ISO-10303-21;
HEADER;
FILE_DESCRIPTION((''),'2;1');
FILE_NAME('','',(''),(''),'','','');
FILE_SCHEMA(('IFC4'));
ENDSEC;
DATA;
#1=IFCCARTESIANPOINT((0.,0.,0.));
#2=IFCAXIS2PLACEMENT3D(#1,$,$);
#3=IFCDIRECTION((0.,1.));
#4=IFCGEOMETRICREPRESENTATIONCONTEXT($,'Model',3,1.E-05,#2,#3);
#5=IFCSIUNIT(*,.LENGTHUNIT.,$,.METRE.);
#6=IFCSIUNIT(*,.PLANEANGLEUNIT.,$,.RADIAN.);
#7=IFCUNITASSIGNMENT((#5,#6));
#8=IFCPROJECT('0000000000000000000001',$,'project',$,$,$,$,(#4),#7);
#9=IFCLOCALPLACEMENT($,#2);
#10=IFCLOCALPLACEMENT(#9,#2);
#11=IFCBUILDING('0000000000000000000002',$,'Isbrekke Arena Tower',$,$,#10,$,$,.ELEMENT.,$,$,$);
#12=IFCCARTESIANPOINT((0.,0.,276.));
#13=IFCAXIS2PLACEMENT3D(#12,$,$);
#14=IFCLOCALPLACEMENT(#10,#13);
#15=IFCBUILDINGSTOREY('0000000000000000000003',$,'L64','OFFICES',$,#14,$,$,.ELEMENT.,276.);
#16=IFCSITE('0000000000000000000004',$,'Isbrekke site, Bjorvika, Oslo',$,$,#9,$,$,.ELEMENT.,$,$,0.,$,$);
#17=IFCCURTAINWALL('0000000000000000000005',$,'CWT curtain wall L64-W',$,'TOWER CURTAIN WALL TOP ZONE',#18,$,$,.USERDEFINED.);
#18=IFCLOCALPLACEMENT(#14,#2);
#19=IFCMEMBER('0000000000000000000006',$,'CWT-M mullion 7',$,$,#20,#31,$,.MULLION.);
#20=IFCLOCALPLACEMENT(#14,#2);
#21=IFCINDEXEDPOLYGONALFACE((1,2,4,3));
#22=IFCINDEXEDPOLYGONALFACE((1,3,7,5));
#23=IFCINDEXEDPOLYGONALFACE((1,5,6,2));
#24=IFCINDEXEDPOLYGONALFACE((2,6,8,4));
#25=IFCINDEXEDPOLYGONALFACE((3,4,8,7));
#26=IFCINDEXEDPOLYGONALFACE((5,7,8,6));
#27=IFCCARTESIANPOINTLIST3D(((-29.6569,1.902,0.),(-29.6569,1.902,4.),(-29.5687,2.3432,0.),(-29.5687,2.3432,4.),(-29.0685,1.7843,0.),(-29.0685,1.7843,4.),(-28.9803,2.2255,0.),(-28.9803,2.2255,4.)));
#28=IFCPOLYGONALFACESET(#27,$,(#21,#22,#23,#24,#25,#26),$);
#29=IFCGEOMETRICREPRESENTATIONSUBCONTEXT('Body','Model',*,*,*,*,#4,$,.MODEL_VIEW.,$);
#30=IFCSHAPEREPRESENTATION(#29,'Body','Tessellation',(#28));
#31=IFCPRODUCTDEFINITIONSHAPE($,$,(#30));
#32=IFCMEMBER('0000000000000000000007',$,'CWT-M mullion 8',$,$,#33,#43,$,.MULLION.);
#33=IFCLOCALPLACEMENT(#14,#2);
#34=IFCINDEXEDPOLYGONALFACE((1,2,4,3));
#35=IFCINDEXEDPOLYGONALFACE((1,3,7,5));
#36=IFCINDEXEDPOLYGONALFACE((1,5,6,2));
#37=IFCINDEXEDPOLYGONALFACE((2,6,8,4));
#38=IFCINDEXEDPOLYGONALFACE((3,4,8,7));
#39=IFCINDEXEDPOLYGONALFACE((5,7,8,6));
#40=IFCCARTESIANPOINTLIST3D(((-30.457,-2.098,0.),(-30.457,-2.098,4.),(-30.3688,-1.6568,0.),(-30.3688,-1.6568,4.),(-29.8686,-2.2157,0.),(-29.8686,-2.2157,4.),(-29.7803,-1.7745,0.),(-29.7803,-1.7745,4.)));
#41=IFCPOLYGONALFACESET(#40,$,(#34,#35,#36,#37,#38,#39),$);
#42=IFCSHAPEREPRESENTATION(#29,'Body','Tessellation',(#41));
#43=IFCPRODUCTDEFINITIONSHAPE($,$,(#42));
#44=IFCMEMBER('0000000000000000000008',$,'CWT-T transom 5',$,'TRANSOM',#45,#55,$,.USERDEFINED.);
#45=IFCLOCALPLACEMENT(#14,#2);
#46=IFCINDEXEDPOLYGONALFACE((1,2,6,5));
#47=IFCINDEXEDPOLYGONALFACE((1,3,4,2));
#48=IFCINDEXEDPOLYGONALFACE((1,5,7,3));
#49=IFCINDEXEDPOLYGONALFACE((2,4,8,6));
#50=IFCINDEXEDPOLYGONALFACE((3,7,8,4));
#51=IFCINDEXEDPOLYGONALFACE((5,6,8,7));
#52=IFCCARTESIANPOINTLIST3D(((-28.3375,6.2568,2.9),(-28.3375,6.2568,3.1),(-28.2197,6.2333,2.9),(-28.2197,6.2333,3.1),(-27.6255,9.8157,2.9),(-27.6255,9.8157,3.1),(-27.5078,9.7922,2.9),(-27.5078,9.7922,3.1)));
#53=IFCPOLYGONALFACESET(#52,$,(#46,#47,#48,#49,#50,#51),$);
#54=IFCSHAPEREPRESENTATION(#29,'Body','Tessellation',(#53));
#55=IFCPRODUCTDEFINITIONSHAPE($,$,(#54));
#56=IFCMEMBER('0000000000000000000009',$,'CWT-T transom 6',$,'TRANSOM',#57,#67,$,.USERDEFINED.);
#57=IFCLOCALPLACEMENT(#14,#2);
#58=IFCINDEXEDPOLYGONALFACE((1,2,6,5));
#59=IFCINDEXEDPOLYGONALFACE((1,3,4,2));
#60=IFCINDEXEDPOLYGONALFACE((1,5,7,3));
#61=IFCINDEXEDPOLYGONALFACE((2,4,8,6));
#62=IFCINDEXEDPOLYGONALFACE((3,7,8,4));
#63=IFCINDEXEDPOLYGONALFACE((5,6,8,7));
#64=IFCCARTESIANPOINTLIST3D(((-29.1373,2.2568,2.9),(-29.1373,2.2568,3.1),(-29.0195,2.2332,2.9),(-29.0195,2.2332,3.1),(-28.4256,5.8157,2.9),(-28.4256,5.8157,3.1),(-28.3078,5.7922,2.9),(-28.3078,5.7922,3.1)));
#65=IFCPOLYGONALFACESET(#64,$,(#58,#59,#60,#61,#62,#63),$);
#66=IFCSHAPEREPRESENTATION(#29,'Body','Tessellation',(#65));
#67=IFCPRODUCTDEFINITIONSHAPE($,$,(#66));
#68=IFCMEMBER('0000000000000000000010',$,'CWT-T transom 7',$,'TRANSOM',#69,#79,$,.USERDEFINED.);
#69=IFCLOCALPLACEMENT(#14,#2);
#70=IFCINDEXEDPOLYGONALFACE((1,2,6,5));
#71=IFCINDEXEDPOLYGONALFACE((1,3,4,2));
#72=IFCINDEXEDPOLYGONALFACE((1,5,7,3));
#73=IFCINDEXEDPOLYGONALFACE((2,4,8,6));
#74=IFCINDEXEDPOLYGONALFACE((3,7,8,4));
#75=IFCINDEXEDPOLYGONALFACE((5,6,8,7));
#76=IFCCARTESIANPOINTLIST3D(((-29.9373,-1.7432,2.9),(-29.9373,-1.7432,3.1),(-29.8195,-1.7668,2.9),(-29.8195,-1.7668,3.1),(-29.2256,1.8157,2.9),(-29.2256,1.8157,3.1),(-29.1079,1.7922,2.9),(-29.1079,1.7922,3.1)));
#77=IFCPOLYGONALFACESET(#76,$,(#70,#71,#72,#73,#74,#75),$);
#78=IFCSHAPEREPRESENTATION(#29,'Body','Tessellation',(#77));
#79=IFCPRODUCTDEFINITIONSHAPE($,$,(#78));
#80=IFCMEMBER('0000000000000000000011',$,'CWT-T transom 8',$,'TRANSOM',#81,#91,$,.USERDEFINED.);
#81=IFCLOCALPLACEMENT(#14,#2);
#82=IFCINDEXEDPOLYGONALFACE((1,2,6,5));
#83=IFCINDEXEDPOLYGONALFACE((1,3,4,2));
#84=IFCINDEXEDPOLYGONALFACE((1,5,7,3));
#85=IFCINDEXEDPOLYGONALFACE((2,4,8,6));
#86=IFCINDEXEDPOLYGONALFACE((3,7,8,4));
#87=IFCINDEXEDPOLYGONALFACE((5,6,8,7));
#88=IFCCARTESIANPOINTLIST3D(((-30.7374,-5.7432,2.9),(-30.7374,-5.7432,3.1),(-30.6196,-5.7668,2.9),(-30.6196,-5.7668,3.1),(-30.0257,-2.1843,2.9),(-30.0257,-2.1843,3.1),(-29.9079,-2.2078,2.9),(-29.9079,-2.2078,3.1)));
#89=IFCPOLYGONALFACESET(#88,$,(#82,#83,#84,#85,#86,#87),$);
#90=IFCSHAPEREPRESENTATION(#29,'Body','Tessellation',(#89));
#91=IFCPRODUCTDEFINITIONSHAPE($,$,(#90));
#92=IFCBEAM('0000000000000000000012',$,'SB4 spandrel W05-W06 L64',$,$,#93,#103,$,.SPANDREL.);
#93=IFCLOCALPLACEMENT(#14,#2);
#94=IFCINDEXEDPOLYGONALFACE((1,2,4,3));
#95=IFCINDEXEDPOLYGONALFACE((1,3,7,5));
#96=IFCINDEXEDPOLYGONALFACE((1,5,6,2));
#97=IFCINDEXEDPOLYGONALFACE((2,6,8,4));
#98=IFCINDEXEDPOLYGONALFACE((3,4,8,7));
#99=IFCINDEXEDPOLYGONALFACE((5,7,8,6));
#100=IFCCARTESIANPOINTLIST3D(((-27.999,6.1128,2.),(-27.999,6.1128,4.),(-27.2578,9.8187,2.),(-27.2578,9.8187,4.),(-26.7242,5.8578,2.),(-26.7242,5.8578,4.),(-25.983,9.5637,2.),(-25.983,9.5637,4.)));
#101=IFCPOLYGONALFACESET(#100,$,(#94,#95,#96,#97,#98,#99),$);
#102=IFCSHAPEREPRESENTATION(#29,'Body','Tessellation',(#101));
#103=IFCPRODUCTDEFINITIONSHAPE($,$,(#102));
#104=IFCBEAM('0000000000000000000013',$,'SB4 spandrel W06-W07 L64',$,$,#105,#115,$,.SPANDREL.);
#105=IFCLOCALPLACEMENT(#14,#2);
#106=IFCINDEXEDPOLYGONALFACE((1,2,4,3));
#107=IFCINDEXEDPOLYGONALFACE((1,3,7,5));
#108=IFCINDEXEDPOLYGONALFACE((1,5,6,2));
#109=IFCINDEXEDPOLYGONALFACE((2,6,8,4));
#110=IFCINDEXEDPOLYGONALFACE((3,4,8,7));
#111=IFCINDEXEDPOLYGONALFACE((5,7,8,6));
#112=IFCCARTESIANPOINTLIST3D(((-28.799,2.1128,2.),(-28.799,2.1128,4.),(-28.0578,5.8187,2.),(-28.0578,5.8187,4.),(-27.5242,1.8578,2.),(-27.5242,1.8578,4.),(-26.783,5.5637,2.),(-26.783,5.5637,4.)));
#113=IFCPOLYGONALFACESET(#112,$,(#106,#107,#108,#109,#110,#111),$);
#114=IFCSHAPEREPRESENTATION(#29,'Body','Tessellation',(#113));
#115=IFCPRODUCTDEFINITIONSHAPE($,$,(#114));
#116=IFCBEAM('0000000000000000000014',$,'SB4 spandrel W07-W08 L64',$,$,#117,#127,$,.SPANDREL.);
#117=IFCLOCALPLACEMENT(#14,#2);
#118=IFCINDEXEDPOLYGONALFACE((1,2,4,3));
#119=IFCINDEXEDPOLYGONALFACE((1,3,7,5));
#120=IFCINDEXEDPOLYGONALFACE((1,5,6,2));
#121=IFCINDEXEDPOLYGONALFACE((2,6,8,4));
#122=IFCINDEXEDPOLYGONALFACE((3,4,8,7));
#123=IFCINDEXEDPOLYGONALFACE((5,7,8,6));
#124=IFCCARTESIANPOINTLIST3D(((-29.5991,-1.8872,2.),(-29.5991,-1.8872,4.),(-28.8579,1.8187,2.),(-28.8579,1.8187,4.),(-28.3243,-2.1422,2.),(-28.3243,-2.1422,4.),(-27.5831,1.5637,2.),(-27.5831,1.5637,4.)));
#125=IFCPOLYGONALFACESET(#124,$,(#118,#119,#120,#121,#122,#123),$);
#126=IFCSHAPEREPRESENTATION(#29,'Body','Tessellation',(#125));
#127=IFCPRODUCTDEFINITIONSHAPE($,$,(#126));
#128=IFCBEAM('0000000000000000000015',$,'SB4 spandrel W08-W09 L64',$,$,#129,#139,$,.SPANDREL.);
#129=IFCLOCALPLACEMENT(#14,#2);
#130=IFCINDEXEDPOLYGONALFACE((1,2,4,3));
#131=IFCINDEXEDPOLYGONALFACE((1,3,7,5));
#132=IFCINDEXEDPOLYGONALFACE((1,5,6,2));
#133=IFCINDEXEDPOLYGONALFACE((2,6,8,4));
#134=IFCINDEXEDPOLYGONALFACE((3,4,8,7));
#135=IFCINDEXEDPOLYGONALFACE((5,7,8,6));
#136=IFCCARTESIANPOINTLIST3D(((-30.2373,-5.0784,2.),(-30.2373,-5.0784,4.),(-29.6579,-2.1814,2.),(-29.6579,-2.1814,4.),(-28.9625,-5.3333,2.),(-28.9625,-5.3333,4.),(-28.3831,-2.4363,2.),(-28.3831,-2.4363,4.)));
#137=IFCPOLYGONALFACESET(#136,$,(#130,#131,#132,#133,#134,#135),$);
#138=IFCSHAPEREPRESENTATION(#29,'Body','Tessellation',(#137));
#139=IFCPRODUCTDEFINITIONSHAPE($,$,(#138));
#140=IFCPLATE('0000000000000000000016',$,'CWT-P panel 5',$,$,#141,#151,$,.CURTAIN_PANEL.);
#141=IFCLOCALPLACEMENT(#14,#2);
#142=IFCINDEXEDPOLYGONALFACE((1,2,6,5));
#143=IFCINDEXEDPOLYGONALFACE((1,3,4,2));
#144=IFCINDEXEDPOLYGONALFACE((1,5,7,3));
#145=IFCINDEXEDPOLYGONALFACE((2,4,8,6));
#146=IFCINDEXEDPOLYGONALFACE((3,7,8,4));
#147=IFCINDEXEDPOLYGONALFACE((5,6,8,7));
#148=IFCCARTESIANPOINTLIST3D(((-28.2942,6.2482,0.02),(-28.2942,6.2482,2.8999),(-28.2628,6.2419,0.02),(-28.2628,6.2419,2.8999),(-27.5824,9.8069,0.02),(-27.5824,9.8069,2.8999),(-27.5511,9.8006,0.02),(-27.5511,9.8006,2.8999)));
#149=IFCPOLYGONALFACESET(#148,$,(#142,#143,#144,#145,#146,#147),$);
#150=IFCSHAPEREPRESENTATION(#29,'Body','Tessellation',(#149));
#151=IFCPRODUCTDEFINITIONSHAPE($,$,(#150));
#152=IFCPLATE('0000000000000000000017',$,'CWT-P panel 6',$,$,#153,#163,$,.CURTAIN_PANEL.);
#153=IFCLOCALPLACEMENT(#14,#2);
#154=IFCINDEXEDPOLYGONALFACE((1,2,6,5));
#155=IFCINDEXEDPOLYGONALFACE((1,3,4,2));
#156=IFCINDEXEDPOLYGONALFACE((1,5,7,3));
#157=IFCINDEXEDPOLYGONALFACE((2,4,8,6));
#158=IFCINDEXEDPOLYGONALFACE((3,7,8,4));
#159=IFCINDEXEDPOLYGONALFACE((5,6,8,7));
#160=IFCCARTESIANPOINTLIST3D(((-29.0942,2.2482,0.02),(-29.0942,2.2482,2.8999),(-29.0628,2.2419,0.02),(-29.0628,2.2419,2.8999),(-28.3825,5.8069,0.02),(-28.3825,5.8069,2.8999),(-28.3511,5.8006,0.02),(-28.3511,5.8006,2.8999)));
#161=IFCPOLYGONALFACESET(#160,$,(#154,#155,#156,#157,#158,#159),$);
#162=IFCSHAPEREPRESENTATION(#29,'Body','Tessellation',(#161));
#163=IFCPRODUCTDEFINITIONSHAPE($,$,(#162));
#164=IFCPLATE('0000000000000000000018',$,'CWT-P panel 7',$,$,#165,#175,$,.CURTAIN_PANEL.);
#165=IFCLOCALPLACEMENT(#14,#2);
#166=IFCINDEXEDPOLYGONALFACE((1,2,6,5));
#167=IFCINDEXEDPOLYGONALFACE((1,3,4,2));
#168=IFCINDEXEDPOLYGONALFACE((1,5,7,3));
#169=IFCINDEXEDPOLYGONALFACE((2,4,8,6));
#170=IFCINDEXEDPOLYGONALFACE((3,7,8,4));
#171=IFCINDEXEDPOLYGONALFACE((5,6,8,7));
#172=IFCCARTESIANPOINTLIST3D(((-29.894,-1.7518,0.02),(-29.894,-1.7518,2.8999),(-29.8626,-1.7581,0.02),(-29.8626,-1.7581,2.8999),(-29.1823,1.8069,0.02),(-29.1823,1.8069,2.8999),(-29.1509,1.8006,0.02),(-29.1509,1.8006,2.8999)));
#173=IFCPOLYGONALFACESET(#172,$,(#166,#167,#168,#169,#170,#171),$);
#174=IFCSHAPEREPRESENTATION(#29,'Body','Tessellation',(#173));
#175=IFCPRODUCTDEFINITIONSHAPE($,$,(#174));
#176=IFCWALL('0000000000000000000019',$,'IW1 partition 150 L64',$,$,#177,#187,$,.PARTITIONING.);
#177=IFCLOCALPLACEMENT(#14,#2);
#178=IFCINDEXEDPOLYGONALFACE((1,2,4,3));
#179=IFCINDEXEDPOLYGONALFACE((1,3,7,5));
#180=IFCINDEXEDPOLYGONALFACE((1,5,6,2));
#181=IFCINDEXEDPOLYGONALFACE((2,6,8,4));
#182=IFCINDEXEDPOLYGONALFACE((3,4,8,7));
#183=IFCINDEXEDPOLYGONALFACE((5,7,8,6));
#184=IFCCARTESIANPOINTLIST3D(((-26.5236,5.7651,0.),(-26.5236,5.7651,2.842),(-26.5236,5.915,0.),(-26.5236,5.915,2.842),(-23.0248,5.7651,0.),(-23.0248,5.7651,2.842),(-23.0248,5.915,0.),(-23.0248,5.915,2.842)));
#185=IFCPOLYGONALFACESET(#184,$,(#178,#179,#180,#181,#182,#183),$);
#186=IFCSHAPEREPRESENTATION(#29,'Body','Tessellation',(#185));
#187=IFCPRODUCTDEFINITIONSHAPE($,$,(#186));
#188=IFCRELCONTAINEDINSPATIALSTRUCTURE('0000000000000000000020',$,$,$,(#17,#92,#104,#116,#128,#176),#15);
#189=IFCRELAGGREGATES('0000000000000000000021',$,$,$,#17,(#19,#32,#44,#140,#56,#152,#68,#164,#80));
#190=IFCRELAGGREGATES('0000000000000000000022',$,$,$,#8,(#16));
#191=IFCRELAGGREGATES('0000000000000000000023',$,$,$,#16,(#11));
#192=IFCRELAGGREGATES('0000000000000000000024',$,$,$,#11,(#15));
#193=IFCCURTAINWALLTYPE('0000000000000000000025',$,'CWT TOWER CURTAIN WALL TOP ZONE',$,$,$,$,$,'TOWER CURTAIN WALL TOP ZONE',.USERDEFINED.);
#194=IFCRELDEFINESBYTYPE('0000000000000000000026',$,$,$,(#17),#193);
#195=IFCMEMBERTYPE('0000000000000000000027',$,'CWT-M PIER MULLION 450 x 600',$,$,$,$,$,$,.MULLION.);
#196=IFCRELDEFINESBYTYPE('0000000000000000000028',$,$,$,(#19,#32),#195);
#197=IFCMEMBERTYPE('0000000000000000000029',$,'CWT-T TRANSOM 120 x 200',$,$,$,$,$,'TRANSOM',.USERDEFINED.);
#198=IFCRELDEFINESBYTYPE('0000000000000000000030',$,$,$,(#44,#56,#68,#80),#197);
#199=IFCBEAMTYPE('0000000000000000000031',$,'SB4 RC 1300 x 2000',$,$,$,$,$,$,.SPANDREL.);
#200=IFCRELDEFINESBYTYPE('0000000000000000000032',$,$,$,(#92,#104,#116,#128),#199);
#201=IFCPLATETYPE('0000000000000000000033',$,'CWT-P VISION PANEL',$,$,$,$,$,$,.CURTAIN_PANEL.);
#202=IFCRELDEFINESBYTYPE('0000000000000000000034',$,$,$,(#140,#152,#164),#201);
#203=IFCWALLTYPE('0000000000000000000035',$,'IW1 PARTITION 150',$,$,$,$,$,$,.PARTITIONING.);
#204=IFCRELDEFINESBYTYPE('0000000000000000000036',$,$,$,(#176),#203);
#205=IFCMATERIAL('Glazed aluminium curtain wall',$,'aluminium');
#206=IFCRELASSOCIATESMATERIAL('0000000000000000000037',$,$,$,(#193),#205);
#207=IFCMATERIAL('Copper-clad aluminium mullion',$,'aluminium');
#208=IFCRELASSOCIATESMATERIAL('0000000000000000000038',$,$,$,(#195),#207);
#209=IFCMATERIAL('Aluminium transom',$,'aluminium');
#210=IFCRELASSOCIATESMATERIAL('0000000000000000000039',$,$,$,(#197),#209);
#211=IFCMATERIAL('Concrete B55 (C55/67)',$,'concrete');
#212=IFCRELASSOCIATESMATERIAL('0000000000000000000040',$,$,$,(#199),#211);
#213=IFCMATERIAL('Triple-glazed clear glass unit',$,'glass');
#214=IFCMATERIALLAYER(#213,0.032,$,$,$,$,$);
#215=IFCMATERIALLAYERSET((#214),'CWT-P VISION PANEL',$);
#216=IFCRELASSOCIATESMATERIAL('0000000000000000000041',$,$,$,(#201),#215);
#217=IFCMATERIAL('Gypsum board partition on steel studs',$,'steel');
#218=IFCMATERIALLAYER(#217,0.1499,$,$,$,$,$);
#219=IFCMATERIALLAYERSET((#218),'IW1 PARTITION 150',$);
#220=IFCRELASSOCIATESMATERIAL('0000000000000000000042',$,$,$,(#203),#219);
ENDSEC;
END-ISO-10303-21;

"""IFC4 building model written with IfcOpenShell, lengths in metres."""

from ifc_helpers import new_model, si_unit, direction, frame, frame_2d, origin, origin_2d, place, context, subcontext, project, spatial, rectangle, extrude, material, layer, layer_set, material_profile, profile_set, type_object, element, aggregate, save


model = new_model("IFC4")

# Units and contexts
model_context = context("Model", 3, precision=1e-05, world=origin(), true_north=direction((0.0, 1.0)))
body_context = subcontext(model_context, "Body", "Model", "MODEL_VIEW")
ifc_project = project(units=[si_unit("LENGTHUNIT", "METRE"), si_unit("PLANEANGLEUNIT", "RADIAN")], contexts=[model_context])

# Site, building, storey
site_placement = place(None, origin())
site = spatial("IfcSite", under=ifc_project, at=site_placement, Name="Isbrekke site, Bjorvika, Oslo", CompositionType="ELEMENT", RefElevation=0.0)
building_placement = place(site_placement, origin())
building = spatial("IfcBuilding", under=site, at=building_placement, Name="Isbrekke Arena Tower", CompositionType="ELEMENT")
storey_placement = place(building_placement, frame((0.0, 0.0, 276.0)))
storey = spatial("IfcBuildingStorey", under=building, at=storey_placement, Name="L64", Description="OFFICES", CompositionType="ELEMENT", Elevation=276.0)

# Curtain wall, members
ifc_material_1 = material(Name="Glazed aluminium curtain wall", Category="aluminium")
curtain_wall_type = type_object("IfcCurtainWallType", Name="CWT TOWER CURTAIN WALL TOP ZONE", ElementType="TOWER CURTAIN WALL TOP ZONE", PredefinedType="USERDEFINED", material=ifc_material_1)
curtain_wall_placement = place(storey_placement, origin())
curtain_wall = element("IfcCurtainWall", 1, at=curtain_wall_placement, inside=storey, type_object=curtain_wall_type, Name="CWT curtain wall L64-W", ObjectType="TOWER CURTAIN WALL TOP ZONE", PredefinedType="USERDEFINED")
ifc_material_2 = material(Name="Copper-clad aluminium mullion", Category="aluminium")
ifc_material_profile_1 = material_profile(ifc_material_2, rectangle(XDim=0.45, YDim=0.6001, at=origin_2d()), Name="PIER 450X600")
ifc_profile_set_1 = profile_set([ifc_material_profile_1], Name="Copper-clad aluminium mullion")
member_type_1 = type_object("IfcMemberType", Name="CWT-M PIER MULLION 450 x 600", PredefinedType="MULLION", material=ifc_profile_set_1)
member_1_placement = place(storey_placement, frame((-29.3186, 2.0637, 0.0), z_axis=(0.0, 0.0, 1.0), x_axis=(-0.196116, -0.980581, 0.0)))
member_1 = element("IfcMember", 2, at=member_1_placement, type_object=member_type_1, Name="CWT-M mullion 7", PredefinedType="MULLION", context=body_context, shape_type="SweptSolid", body=[
    extrude(rectangle(XDim=0.45, YDim=0.6001, at=origin_2d()), origin(), (0.0, 0.0, 1.0), 4.0),
])
member_2_placement = place(storey_placement, frame((-30.1187, -1.9363, 0.0), z_axis=(0.0, 0.0, 1.0), x_axis=(-0.196116, -0.980581, 0.0)))
member_2 = element("IfcMember", 3, at=member_2_placement, type_object=member_type_1, Name="CWT-M mullion 8", PredefinedType="MULLION", context=body_context, shape_type="SweptSolid", body=[
    extrude(rectangle(XDim=0.45, YDim=0.6001, at=origin_2d()), origin(), (0.0, 0.0, 1.0), 4.0),
])
ifc_material_3 = material(Name="Aluminium transom", Category="aluminium")
ifc_material_profile_2 = material_profile(ifc_material_3, rectangle(XDim=0.1201, YDim=0.2, at=origin_2d()), Name="TRANSOM 120X200")
ifc_profile_set_2 = profile_set([ifc_material_profile_2], Name="Aluminium transom")
member_type_2 = type_object("IfcMemberType", Name="CWT-T TRANSOM 120 x 200", ElementType="TRANSOM", PredefinedType="USERDEFINED", material=ifc_profile_set_2)
member_3_placement = place(storey_placement, frame((-27.5667, 9.804, 3.0), z_axis=(-0.196155, -0.980573, 0.0), x_axis=(0.980573, -0.196155, 0.0)))
member_3 = element("IfcMember", 4, at=member_3_placement, type_object=member_type_2, Name="CWT-T transom 5", ObjectType="TRANSOM", PredefinedType="USERDEFINED", context=body_context, shape_type="SweptSolid", body=[
    extrude(rectangle(XDim=0.1201, YDim=0.2, at=origin_2d()), origin(), (0.0, 0.0, 1.0), 3.6294),
])
member_4_placement = place(storey_placement, frame((-28.3667, 5.804, 3.0), z_axis=(-0.19609, -0.980586, 0.0), x_axis=(0.980586, -0.19609, 0.0)))
member_4 = element("IfcMember", 5, at=member_4_placement, type_object=member_type_2, Name="CWT-T transom 6", ObjectType="TRANSOM", PredefinedType="USERDEFINED", context=body_context, shape_type="SweptSolid", body=[
    extrude(rectangle(XDim=0.1201, YDim=0.2, at=origin_2d()), origin(), (0.0, 0.0, 1.0), 3.6294),
])
member_5_placement = place(storey_placement, frame((-29.1667, 1.804, 3.0), z_axis=(-0.19609, -0.980586, 0.0), x_axis=(0.980586, -0.19609, 0.0)))
member_5 = element("IfcMember", 6, at=member_5_placement, type_object=member_type_2, Name="CWT-T transom 7", ObjectType="TRANSOM", PredefinedType="USERDEFINED", context=body_context, shape_type="SweptSolid", body=[
    extrude(rectangle(XDim=0.1201, YDim=0.2, at=origin_2d()), origin(), (0.0, 0.0, 1.0), 3.6294),
])
member_6_placement = place(storey_placement, frame((-29.9668, -2.196, 3.0), z_axis=(-0.19609, -0.980586, 0.0), x_axis=(0.980586, -0.19609, 0.0)))
member_6 = element("IfcMember", 7, at=member_6_placement, type_object=member_type_2, Name="CWT-T transom 8", ObjectType="TRANSOM", PredefinedType="USERDEFINED", context=body_context, shape_type="SweptSolid", body=[
    extrude(rectangle(XDim=0.1201, YDim=0.2, at=origin_2d()), origin(), (0.0, 0.0, 1.0), 3.6294),
])

# Beams
ifc_material_4 = material(Name="Concrete B55 (C55/67)", Category="concrete")
ifc_material_profile_3 = material_profile(ifc_material_4, rectangle(XDim=1.3, YDim=2.0, at=origin_2d()), Name="RC 1300x2000")
ifc_profile_set_3 = profile_set([ifc_material_profile_3], Name="Concrete B55 (C55/67)")
beam_type_1 = type_object("IfcBeamType", Name="SB4 RC 1300 x 2000", PredefinedType="SPANDREL", material=ifc_profile_set_3)
for number, where, z_axis, x_axis, name in (
    (8, (-26.6204, 9.6912, 3.0), (-0.196129, -0.980578, 0.0), (0.980578, -0.196129, 0.0), "SB4 spandrel W05-W06 L64"),
    (9, (-27.4204, 5.6912, 3.0), (-0.196129, -0.980578, 0.0), (0.980578, -0.196129, 0.0), "SB4 spandrel W06-W07 L64"),
    (10, (-28.2205, 1.6912, 3.0), (-0.196129, -0.980578, 0.0), (0.980578, -0.196129, 0.0), "SB4 spandrel W07-W08 L64"),
):
    element("IfcBeam", number, at=place(storey_placement, frame(where, z_axis=z_axis, x_axis=x_axis)), inside=storey, type_object=beam_type_1, Name=name, PredefinedType="SPANDREL", context=body_context, shape_type="SweptSolid", body=[
        extrude(rectangle(XDim=1.3, YDim=2.0, at=origin_2d()), origin(), (0.0, 0.0, 1.0), 3.7793),
    ])
beam_1_placement = place(storey_placement, frame((-29.0205, -2.3088, 3.0), z_axis=(-0.1961, -0.980584, 0.0), x_axis=(0.980584, -0.1961, 0.0)))
element("IfcBeam", 11, at=beam_1_placement, inside=storey, type_object=beam_type_1, Name="SB4 spandrel W08-W09 L64", PredefinedType="SPANDREL", context=body_context, shape_type="SweptSolid", body=[
    extrude(rectangle(XDim=1.3, YDim=2.0, at=origin_2d()), origin(), (0.0, 0.0, 1.0), 2.9543),
])

# Plates
ifc_material_5 = material(Name="Triple-glazed clear glass unit", Category="glass")
ifc_layer_1 = layer(ifc_material_5, 0.032)
ifc_layer_set_1 = layer_set([ifc_layer_1], Name="CWT-P VISION PANEL")
plate_type = type_object("IfcPlateType", Name="CWT-P VISION PANEL", PredefinedType="CURTAIN_PANEL", material=ifc_layer_set_1)
plate_1_placement = place(storey_placement, frame((-27.9226, 8.0244, 0.02), z_axis=(0.0, 0.0, 1.0), x_axis=(-0.196116, -0.980581, 0.0)))
plate_1 = element("IfcPlate", 12, at=plate_1_placement, type_object=plate_type, Name="CWT-P panel 5", PredefinedType="CURTAIN_PANEL", context=body_context, shape_type="SweptSolid", body=[
    extrude(rectangle(XDim=3.6292, YDim=0.032, at=origin_2d()), origin(), (0.0, 0.0, 1.0), 2.8799),
])
plate_2_placement = place(storey_placement, frame((-28.7227, 4.0244, 0.02), z_axis=(0.0, 0.0, 1.0), x_axis=(-0.196116, -0.980581, 0.0)))
plate_2 = element("IfcPlate", 13, at=plate_2_placement, type_object=plate_type, Name="CWT-P panel 6", PredefinedType="CURTAIN_PANEL", context=body_context, shape_type="SweptSolid", body=[
    extrude(rectangle(XDim=3.6292, YDim=0.032, at=origin_2d()), origin(), (0.0, 0.0, 1.0), 2.8799),
])
plate_3_placement = place(storey_placement, frame((-29.5225, 0.0244, 0.02), z_axis=(0.0, 0.0, 1.0), x_axis=(-0.196116, -0.980581, 0.0)))
plate_3 = element("IfcPlate", 14, at=plate_3_placement, type_object=plate_type, Name="CWT-P panel 7", PredefinedType="CURTAIN_PANEL", context=body_context, shape_type="SweptSolid", body=[
    extrude(rectangle(XDim=3.6292, YDim=0.032, at=origin_2d()), origin(), (0.0, 0.0, 1.0), 2.8799),
])
aggregate(curtain_wall, [member_1, member_2, member_3, plate_1, member_4, plate_2, member_5, plate_3, member_6])

# Wall
ifc_material_6 = material(Name="Gypsum board partition on steel studs", Category="steel")
ifc_layer_2 = layer(ifc_material_6, 0.1499)
ifc_layer_set_2 = layer_set([ifc_layer_2], Name="IW1 PARTITION 150")
wall_type_1 = type_object("IfcWallType", Name="IW1 PARTITION 150", PredefinedType="PARTITIONING", material=ifc_layer_set_2)
wall_1_placement = place(storey_placement, frame((-26.5237, 5.8401, 0.0), z_axis=(0.0, 0.0, 1.0), x_axis=(1.0, 0.0, 0.0)))
element("IfcWall", 15, at=wall_1_placement, inside=storey, type_object=wall_type_1, Name="IW1 partition 150 L64", PredefinedType="PARTITIONING", context=body_context, shape_type="SweptSolid", body=[
    extrude(rectangle(XDim=3.4988, YDim=0.1499, at=frame_2d((1.7495, 0.0))), origin(), (0.0, 0.0, 1.0), 2.842),
])

save(model, "model.ifc")
